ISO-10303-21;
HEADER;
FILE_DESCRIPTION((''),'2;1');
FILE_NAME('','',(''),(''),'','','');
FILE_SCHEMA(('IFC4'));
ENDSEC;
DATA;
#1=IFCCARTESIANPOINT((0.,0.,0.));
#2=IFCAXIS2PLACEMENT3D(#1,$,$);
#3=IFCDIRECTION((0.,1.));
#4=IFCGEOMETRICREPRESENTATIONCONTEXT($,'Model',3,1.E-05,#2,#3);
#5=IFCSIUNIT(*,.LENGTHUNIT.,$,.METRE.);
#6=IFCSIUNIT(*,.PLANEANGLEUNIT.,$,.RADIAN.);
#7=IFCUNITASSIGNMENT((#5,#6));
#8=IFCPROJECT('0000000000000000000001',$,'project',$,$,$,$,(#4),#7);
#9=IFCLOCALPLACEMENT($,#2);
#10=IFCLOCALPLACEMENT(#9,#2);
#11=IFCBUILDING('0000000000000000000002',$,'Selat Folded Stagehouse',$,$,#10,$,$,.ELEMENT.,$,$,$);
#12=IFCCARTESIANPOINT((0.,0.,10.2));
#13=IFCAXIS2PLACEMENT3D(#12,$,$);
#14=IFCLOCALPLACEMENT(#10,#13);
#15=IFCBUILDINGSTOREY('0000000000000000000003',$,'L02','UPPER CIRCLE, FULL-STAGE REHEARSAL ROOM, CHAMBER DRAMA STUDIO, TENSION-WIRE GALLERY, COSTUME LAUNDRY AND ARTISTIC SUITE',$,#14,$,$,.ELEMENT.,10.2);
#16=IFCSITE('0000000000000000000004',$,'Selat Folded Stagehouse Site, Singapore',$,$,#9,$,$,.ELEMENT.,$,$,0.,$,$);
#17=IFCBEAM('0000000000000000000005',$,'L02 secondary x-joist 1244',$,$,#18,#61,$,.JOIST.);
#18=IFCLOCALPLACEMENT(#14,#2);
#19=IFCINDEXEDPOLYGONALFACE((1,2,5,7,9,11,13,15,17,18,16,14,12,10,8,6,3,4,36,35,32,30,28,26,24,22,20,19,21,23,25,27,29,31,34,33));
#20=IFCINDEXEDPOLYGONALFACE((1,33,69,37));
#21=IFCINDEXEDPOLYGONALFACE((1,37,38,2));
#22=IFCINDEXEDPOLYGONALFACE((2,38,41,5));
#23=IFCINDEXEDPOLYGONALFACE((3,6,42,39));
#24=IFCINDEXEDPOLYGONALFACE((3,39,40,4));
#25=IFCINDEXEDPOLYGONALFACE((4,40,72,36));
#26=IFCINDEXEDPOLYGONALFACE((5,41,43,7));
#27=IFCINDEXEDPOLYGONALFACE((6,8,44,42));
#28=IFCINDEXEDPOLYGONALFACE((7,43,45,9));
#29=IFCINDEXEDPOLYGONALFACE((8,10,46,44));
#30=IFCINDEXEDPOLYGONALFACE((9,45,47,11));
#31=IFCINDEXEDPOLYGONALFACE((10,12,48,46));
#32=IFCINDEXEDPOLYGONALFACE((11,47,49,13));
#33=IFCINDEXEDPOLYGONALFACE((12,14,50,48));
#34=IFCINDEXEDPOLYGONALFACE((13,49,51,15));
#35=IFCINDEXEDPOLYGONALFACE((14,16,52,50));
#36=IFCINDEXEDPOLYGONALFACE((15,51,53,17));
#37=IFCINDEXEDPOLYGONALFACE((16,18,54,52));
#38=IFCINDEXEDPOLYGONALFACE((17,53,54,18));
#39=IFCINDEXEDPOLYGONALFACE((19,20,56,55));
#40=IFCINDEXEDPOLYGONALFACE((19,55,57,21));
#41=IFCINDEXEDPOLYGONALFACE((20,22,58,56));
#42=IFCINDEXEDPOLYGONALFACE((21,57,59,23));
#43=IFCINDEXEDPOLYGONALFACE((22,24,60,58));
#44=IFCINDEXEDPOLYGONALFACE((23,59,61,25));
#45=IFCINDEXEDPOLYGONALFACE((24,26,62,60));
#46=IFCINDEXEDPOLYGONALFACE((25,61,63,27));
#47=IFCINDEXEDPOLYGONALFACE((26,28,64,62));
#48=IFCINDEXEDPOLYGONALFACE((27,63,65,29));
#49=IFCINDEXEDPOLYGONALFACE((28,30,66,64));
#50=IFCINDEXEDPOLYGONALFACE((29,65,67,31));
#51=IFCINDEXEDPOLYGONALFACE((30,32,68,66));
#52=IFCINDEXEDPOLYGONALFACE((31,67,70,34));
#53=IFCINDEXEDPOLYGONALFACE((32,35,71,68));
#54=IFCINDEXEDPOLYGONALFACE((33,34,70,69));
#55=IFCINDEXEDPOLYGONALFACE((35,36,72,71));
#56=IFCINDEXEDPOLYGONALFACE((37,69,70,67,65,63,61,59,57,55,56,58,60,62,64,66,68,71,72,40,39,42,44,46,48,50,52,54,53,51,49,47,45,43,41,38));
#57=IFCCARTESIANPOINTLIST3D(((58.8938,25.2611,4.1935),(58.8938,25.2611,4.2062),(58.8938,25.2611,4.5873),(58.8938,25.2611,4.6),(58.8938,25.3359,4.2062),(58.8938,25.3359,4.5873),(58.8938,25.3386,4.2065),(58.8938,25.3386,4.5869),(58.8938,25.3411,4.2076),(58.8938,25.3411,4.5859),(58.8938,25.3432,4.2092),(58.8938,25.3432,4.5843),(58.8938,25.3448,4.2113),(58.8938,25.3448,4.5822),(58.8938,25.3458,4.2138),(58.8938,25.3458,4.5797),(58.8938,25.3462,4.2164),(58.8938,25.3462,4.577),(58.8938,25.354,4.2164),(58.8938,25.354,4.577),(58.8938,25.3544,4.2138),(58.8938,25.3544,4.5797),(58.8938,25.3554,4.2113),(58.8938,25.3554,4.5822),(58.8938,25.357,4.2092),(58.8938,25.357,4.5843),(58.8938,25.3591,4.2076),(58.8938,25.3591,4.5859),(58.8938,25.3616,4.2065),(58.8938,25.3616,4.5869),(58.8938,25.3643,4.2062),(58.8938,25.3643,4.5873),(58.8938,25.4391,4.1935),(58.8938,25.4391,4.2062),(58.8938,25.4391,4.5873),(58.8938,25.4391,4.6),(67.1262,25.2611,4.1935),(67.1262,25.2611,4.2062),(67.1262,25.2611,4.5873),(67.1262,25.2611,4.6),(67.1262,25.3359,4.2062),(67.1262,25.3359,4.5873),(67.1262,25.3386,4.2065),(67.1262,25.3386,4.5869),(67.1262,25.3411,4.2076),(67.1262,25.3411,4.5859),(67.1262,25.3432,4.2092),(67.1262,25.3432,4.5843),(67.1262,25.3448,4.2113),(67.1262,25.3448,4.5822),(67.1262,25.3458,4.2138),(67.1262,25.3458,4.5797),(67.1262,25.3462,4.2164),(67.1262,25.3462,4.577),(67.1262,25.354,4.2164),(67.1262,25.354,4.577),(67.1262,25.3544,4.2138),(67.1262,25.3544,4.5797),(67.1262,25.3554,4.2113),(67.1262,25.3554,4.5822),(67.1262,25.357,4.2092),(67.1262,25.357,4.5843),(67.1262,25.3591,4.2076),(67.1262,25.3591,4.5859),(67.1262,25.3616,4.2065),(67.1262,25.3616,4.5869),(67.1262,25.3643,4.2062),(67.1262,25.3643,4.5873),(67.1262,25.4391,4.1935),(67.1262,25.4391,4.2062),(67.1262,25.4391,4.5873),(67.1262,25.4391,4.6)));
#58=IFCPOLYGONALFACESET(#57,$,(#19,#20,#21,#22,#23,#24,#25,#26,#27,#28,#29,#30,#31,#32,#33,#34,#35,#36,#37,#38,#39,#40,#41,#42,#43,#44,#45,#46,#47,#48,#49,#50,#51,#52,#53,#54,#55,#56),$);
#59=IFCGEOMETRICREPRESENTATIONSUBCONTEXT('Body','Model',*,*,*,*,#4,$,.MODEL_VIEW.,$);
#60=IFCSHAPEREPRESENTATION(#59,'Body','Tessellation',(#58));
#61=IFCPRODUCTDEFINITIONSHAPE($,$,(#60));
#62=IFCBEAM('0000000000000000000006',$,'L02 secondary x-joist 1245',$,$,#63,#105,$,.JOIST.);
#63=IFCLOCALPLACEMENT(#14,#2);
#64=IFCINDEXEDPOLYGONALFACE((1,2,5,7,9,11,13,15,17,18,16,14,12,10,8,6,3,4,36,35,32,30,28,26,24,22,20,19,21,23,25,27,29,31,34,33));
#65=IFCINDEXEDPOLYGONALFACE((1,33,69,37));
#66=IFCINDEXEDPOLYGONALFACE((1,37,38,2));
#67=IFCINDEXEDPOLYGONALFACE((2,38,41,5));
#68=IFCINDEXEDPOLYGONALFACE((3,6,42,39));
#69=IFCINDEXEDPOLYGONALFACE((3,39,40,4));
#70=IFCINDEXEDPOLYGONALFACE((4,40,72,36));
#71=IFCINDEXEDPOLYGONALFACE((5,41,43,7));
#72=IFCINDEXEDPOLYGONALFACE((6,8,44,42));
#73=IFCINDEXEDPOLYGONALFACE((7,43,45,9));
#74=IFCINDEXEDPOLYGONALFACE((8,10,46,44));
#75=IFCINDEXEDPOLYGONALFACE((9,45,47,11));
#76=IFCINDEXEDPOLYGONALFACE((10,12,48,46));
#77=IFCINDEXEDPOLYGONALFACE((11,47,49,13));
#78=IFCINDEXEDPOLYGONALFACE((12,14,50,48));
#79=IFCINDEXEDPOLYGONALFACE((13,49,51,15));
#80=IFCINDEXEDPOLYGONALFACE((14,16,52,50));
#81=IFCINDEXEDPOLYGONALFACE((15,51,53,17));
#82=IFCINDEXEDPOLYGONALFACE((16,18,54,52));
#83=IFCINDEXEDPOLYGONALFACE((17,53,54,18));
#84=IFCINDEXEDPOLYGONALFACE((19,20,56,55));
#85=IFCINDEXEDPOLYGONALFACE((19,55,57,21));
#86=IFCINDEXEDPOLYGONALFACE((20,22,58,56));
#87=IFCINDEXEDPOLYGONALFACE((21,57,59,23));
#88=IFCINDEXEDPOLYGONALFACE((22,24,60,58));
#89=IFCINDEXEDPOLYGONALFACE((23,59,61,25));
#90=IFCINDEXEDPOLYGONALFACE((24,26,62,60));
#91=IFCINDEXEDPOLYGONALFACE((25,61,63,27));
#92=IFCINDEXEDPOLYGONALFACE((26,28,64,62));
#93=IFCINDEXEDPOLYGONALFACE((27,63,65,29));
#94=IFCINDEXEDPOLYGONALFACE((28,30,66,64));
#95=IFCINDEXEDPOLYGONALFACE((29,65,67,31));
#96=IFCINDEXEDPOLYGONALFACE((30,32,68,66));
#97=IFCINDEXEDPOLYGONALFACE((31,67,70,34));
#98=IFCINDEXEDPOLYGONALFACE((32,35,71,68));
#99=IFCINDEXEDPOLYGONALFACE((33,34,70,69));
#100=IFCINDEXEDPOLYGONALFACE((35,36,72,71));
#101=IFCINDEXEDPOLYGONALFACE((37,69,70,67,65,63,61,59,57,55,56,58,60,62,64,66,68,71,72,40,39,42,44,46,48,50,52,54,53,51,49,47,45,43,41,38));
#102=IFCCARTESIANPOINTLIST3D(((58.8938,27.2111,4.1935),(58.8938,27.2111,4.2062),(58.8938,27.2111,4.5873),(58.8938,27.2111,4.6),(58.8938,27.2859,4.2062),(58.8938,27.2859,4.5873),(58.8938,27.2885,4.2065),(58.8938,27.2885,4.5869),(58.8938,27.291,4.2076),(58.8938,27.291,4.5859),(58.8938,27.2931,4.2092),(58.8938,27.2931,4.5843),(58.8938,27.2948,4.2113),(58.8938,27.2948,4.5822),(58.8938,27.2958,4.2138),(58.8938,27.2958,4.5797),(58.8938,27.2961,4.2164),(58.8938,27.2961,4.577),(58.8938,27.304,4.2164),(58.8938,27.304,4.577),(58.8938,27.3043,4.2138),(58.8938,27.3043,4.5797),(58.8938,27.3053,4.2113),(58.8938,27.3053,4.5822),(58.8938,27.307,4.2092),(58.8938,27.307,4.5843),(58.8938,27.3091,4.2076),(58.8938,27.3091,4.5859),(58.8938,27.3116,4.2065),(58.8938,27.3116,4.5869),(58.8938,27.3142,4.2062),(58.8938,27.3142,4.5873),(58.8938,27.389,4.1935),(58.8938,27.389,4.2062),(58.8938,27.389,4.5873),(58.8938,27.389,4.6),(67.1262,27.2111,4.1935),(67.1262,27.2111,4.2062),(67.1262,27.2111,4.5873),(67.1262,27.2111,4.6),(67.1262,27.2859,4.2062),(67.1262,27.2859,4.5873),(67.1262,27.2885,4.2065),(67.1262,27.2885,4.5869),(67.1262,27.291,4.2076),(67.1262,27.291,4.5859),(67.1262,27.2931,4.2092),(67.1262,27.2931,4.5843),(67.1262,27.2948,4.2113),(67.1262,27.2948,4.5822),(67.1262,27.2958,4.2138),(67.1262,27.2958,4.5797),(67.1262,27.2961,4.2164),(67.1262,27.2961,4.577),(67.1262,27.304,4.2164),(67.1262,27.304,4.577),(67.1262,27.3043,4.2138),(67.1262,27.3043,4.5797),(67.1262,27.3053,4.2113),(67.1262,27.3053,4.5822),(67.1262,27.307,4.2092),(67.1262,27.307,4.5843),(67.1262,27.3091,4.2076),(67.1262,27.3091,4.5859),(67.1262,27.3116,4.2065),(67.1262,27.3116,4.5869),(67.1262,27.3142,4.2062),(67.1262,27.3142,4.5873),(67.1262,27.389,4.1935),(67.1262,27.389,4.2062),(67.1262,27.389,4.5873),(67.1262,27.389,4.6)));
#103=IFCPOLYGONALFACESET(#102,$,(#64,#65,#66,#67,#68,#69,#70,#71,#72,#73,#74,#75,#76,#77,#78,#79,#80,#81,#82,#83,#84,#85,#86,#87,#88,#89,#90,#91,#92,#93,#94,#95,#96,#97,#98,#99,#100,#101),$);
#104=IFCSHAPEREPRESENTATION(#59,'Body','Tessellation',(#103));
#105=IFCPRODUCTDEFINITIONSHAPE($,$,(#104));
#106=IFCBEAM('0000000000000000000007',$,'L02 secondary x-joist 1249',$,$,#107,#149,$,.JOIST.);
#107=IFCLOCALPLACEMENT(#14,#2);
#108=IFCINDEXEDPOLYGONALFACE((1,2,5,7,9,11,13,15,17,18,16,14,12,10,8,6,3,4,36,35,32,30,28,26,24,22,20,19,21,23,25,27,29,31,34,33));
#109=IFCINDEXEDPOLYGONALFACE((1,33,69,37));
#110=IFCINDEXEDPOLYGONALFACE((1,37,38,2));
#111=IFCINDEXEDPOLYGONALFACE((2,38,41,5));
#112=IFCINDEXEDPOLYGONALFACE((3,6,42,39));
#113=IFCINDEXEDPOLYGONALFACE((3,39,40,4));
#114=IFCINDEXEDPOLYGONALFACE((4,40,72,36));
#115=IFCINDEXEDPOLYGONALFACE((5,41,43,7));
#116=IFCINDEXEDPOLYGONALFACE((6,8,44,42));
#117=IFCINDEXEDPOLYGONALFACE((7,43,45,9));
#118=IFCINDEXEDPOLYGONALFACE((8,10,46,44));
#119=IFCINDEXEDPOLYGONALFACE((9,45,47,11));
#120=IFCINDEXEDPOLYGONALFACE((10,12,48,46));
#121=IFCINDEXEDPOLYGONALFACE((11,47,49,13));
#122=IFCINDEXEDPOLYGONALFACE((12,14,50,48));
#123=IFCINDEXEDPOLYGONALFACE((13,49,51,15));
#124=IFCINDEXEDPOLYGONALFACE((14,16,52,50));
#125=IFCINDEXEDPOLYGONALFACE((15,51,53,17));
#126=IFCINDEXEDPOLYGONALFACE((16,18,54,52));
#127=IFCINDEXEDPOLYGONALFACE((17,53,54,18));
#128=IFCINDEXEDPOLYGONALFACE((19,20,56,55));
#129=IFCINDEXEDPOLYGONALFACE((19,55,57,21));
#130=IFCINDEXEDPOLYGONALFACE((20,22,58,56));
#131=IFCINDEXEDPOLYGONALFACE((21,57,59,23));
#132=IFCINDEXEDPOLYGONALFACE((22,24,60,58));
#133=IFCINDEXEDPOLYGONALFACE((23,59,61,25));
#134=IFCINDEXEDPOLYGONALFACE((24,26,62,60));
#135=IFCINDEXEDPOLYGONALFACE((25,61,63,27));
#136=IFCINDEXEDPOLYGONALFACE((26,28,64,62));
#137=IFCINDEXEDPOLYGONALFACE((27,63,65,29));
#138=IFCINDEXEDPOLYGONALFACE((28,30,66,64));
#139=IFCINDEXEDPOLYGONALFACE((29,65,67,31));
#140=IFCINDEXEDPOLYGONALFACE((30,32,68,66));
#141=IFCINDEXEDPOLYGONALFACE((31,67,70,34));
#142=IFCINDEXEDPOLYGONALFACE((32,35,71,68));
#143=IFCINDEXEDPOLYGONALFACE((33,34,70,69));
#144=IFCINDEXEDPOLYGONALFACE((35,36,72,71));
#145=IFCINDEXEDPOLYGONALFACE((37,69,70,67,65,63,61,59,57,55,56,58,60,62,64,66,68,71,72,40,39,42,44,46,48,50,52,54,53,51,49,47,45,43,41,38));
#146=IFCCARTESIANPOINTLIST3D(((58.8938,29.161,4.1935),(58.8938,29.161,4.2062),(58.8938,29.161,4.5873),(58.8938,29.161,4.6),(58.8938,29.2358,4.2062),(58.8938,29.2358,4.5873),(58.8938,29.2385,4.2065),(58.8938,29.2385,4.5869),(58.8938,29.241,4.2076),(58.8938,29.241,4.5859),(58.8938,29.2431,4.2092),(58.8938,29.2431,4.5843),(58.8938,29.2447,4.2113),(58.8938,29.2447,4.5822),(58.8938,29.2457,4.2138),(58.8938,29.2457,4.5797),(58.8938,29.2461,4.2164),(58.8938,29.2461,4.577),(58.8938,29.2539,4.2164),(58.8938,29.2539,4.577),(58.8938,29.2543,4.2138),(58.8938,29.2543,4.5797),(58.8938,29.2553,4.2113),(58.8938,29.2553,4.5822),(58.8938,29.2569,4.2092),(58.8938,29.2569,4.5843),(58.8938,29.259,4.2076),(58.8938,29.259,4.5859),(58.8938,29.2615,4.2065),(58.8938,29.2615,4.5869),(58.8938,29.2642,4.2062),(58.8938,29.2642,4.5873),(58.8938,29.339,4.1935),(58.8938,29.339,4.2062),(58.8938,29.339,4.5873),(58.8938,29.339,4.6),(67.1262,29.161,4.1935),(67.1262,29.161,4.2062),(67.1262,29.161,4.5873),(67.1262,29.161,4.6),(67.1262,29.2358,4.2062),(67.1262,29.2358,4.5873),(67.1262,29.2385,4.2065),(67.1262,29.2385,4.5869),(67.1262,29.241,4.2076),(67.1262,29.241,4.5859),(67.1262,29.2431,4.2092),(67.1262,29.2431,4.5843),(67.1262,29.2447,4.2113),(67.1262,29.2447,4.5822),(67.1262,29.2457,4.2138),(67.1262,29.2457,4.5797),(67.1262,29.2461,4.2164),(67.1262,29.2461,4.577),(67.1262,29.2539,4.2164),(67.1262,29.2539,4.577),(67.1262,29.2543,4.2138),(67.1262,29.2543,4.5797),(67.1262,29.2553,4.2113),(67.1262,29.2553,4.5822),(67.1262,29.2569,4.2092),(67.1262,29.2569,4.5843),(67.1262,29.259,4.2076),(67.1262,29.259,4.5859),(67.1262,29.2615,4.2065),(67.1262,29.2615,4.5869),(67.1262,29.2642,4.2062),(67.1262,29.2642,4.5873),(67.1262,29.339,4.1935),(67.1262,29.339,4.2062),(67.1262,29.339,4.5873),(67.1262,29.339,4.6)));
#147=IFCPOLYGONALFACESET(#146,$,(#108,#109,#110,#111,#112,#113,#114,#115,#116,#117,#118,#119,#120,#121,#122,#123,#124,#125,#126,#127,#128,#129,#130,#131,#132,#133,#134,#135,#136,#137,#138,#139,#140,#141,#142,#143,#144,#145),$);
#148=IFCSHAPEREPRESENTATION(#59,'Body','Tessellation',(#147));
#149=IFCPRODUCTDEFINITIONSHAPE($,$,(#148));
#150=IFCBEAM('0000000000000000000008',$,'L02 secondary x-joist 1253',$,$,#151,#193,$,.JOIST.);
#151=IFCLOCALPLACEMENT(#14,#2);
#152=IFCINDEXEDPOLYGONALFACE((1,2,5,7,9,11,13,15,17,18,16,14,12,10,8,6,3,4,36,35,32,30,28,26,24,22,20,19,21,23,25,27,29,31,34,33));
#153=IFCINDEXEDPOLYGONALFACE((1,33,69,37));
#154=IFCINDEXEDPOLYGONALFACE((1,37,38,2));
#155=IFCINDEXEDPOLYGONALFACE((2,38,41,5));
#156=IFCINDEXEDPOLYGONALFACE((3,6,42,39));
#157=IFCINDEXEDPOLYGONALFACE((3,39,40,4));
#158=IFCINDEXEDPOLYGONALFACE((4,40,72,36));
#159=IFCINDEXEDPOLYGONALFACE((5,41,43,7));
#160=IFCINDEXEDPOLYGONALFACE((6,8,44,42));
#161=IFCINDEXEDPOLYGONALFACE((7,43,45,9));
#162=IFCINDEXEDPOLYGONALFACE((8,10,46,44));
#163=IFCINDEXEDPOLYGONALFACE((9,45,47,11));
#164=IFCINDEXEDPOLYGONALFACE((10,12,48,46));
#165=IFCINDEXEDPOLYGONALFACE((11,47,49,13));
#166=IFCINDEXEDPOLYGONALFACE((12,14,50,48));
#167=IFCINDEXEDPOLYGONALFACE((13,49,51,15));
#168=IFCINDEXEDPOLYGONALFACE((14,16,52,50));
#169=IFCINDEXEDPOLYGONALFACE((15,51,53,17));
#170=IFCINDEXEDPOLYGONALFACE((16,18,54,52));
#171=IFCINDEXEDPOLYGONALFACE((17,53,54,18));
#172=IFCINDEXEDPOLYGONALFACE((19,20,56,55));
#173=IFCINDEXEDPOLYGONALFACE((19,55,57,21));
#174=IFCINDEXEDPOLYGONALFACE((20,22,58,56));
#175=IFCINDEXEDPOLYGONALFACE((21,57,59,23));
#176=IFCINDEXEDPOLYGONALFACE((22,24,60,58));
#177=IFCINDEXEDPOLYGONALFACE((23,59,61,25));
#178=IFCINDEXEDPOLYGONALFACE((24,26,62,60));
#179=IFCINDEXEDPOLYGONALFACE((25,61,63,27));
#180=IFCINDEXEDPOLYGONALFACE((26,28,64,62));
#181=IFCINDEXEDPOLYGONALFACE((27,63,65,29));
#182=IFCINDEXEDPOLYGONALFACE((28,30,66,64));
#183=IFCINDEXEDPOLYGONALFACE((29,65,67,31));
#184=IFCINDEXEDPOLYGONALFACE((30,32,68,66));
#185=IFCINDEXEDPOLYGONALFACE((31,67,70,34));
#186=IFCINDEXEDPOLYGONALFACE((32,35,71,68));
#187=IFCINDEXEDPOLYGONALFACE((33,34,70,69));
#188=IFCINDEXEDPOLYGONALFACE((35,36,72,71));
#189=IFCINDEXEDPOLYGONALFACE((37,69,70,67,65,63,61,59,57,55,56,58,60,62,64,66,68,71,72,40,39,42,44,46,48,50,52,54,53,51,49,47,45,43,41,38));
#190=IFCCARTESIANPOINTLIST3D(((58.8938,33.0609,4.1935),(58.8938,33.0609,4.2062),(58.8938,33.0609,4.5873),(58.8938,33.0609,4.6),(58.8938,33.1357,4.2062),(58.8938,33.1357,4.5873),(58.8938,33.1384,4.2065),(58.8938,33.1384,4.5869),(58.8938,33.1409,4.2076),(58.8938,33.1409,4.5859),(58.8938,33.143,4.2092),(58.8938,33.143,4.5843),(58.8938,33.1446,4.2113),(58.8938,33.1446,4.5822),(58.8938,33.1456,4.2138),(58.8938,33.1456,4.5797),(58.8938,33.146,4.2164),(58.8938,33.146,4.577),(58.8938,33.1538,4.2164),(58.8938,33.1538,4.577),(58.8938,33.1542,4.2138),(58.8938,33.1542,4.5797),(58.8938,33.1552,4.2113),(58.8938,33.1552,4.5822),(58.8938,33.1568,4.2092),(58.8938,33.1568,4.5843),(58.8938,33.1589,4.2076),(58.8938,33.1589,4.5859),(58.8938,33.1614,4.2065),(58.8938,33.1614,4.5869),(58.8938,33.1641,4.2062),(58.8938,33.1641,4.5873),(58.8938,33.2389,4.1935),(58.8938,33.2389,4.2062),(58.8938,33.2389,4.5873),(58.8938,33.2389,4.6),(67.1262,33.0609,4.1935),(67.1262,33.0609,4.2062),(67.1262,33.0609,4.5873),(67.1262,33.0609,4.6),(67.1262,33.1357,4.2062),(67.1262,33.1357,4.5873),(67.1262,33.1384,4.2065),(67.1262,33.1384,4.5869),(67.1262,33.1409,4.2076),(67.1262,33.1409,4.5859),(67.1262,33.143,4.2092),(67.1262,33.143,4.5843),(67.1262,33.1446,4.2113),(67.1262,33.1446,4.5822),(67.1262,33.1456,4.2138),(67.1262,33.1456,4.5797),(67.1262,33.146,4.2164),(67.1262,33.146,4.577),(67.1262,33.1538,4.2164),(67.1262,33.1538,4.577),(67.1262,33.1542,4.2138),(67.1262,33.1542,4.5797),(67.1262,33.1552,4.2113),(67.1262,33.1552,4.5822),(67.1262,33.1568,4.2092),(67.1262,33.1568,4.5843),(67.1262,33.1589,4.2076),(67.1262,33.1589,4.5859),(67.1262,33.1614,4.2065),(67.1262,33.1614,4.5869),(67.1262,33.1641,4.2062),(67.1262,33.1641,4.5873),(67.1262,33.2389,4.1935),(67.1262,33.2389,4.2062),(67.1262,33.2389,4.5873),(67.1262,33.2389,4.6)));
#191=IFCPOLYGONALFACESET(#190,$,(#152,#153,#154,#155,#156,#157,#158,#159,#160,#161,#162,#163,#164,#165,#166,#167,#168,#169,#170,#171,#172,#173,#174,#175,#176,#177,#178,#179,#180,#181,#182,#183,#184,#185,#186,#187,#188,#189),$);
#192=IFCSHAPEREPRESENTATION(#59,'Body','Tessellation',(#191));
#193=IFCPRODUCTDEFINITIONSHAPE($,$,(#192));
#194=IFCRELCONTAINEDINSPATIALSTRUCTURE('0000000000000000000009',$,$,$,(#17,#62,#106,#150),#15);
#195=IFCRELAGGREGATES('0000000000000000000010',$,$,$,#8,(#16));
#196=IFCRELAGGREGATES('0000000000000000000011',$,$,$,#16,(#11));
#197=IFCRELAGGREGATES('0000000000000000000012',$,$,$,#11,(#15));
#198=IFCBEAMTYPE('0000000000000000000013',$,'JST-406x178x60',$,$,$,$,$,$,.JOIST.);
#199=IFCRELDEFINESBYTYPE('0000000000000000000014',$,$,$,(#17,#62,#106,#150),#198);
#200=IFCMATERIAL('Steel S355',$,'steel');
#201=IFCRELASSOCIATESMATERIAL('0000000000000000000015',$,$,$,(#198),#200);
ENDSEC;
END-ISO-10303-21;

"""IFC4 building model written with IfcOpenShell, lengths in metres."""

from ifc_helpers import new_model, si_unit, direction, frame, origin, origin_2d, place, context, subcontext, project, spatial, i_section, extrude, material, material_profile, profile_set, type_object, element, save


model = new_model("IFC4")

# Units and contexts
model_context = context("Model", 3, precision=1e-05, world=origin(), true_north=direction((0.0, 1.0)))
body_context = subcontext(model_context, "Body", "Model", "MODEL_VIEW")
ifc_project = project(units=[si_unit("LENGTHUNIT", "METRE"), si_unit("PLANEANGLEUNIT", "RADIAN")], contexts=[model_context])

# Site, building, storey
site_placement = place(None, origin())
site = spatial("IfcSite", under=ifc_project, at=site_placement, Name="Selat Folded Stagehouse Site, Singapore", CompositionType="ELEMENT", RefElevation=0.0)
building_placement = place(site_placement, origin())
building = spatial("IfcBuilding", under=site, at=building_placement, Name="Selat Folded Stagehouse", CompositionType="ELEMENT")
storey_placement = place(building_placement, frame((0.0, 0.0, 10.2)))
storey = spatial("IfcBuildingStorey", under=building, at=storey_placement, Name="L02", Description="UPPER CIRCLE, FULL-STAGE REHEARSAL ROOM, CHAMBER DRAMA STUDIO, TENSION-WIRE GALLERY, COSTUME LAUNDRY AND ARTISTIC SUITE", CompositionType="ELEMENT", Elevation=10.2)

# Shared definitions
ifc_material_1 = material(Name="Steel S355", Category="steel")

# Beams
ifc_material_profile_1 = material_profile(ifc_material_1, i_section(OverallWidth=0.178, OverallDepth=0.4065, WebThickness=0.0078, FlangeThickness=0.0127, FilletRadius=0.0103, at=origin_2d()), Name="UKB 406x178x60")
ifc_profile_set_1 = profile_set([ifc_material_profile_1], Name="Steel S355")
beam_type_1 = type_object("IfcBeamType", Name="JST-406x178x60", PredefinedType="JOIST", material=ifc_profile_set_1)
for number, where, z_axis, x_axis, name in (
    (1, (58.8938, 25.3501, 4.3967), (1.0, 0.0, 0.0), (0.0, 1.0, 0.0), "L02 secondary x-joist 1244"),
    (2, (58.8938, 27.3, 4.3967), (1.0, 0.0, 0.0), (0.0, 1.0, 0.0), "L02 secondary x-joist 1245"),
    (3, (58.8938, 29.25, 4.3967), (1.0, 0.0, 0.0), (0.0, 1.0, 0.0), "L02 secondary x-joist 1249"),
    (4, (58.8938, 33.1499, 4.3967), (1.0, 0.0, 0.0), (0.0, 1.0, 0.0), "L02 secondary x-joist 1253"),
):
    element("IfcBeam", number, at=place(storey_placement, frame(where, z_axis=z_axis, x_axis=x_axis)), inside=storey, type_object=beam_type_1, Name=name, PredefinedType="JOIST", context=body_context, shape_type="SweptSolid", body=[
        extrude(i_section(OverallWidth=0.178, OverallDepth=0.4065, WebThickness=0.0078, FlangeThickness=0.0127, FilletRadius=0.0103, at=origin_2d()), origin(), (0.0, 0.0, 1.0), 8.2324),
    ])

save(model, "model.ifc")
